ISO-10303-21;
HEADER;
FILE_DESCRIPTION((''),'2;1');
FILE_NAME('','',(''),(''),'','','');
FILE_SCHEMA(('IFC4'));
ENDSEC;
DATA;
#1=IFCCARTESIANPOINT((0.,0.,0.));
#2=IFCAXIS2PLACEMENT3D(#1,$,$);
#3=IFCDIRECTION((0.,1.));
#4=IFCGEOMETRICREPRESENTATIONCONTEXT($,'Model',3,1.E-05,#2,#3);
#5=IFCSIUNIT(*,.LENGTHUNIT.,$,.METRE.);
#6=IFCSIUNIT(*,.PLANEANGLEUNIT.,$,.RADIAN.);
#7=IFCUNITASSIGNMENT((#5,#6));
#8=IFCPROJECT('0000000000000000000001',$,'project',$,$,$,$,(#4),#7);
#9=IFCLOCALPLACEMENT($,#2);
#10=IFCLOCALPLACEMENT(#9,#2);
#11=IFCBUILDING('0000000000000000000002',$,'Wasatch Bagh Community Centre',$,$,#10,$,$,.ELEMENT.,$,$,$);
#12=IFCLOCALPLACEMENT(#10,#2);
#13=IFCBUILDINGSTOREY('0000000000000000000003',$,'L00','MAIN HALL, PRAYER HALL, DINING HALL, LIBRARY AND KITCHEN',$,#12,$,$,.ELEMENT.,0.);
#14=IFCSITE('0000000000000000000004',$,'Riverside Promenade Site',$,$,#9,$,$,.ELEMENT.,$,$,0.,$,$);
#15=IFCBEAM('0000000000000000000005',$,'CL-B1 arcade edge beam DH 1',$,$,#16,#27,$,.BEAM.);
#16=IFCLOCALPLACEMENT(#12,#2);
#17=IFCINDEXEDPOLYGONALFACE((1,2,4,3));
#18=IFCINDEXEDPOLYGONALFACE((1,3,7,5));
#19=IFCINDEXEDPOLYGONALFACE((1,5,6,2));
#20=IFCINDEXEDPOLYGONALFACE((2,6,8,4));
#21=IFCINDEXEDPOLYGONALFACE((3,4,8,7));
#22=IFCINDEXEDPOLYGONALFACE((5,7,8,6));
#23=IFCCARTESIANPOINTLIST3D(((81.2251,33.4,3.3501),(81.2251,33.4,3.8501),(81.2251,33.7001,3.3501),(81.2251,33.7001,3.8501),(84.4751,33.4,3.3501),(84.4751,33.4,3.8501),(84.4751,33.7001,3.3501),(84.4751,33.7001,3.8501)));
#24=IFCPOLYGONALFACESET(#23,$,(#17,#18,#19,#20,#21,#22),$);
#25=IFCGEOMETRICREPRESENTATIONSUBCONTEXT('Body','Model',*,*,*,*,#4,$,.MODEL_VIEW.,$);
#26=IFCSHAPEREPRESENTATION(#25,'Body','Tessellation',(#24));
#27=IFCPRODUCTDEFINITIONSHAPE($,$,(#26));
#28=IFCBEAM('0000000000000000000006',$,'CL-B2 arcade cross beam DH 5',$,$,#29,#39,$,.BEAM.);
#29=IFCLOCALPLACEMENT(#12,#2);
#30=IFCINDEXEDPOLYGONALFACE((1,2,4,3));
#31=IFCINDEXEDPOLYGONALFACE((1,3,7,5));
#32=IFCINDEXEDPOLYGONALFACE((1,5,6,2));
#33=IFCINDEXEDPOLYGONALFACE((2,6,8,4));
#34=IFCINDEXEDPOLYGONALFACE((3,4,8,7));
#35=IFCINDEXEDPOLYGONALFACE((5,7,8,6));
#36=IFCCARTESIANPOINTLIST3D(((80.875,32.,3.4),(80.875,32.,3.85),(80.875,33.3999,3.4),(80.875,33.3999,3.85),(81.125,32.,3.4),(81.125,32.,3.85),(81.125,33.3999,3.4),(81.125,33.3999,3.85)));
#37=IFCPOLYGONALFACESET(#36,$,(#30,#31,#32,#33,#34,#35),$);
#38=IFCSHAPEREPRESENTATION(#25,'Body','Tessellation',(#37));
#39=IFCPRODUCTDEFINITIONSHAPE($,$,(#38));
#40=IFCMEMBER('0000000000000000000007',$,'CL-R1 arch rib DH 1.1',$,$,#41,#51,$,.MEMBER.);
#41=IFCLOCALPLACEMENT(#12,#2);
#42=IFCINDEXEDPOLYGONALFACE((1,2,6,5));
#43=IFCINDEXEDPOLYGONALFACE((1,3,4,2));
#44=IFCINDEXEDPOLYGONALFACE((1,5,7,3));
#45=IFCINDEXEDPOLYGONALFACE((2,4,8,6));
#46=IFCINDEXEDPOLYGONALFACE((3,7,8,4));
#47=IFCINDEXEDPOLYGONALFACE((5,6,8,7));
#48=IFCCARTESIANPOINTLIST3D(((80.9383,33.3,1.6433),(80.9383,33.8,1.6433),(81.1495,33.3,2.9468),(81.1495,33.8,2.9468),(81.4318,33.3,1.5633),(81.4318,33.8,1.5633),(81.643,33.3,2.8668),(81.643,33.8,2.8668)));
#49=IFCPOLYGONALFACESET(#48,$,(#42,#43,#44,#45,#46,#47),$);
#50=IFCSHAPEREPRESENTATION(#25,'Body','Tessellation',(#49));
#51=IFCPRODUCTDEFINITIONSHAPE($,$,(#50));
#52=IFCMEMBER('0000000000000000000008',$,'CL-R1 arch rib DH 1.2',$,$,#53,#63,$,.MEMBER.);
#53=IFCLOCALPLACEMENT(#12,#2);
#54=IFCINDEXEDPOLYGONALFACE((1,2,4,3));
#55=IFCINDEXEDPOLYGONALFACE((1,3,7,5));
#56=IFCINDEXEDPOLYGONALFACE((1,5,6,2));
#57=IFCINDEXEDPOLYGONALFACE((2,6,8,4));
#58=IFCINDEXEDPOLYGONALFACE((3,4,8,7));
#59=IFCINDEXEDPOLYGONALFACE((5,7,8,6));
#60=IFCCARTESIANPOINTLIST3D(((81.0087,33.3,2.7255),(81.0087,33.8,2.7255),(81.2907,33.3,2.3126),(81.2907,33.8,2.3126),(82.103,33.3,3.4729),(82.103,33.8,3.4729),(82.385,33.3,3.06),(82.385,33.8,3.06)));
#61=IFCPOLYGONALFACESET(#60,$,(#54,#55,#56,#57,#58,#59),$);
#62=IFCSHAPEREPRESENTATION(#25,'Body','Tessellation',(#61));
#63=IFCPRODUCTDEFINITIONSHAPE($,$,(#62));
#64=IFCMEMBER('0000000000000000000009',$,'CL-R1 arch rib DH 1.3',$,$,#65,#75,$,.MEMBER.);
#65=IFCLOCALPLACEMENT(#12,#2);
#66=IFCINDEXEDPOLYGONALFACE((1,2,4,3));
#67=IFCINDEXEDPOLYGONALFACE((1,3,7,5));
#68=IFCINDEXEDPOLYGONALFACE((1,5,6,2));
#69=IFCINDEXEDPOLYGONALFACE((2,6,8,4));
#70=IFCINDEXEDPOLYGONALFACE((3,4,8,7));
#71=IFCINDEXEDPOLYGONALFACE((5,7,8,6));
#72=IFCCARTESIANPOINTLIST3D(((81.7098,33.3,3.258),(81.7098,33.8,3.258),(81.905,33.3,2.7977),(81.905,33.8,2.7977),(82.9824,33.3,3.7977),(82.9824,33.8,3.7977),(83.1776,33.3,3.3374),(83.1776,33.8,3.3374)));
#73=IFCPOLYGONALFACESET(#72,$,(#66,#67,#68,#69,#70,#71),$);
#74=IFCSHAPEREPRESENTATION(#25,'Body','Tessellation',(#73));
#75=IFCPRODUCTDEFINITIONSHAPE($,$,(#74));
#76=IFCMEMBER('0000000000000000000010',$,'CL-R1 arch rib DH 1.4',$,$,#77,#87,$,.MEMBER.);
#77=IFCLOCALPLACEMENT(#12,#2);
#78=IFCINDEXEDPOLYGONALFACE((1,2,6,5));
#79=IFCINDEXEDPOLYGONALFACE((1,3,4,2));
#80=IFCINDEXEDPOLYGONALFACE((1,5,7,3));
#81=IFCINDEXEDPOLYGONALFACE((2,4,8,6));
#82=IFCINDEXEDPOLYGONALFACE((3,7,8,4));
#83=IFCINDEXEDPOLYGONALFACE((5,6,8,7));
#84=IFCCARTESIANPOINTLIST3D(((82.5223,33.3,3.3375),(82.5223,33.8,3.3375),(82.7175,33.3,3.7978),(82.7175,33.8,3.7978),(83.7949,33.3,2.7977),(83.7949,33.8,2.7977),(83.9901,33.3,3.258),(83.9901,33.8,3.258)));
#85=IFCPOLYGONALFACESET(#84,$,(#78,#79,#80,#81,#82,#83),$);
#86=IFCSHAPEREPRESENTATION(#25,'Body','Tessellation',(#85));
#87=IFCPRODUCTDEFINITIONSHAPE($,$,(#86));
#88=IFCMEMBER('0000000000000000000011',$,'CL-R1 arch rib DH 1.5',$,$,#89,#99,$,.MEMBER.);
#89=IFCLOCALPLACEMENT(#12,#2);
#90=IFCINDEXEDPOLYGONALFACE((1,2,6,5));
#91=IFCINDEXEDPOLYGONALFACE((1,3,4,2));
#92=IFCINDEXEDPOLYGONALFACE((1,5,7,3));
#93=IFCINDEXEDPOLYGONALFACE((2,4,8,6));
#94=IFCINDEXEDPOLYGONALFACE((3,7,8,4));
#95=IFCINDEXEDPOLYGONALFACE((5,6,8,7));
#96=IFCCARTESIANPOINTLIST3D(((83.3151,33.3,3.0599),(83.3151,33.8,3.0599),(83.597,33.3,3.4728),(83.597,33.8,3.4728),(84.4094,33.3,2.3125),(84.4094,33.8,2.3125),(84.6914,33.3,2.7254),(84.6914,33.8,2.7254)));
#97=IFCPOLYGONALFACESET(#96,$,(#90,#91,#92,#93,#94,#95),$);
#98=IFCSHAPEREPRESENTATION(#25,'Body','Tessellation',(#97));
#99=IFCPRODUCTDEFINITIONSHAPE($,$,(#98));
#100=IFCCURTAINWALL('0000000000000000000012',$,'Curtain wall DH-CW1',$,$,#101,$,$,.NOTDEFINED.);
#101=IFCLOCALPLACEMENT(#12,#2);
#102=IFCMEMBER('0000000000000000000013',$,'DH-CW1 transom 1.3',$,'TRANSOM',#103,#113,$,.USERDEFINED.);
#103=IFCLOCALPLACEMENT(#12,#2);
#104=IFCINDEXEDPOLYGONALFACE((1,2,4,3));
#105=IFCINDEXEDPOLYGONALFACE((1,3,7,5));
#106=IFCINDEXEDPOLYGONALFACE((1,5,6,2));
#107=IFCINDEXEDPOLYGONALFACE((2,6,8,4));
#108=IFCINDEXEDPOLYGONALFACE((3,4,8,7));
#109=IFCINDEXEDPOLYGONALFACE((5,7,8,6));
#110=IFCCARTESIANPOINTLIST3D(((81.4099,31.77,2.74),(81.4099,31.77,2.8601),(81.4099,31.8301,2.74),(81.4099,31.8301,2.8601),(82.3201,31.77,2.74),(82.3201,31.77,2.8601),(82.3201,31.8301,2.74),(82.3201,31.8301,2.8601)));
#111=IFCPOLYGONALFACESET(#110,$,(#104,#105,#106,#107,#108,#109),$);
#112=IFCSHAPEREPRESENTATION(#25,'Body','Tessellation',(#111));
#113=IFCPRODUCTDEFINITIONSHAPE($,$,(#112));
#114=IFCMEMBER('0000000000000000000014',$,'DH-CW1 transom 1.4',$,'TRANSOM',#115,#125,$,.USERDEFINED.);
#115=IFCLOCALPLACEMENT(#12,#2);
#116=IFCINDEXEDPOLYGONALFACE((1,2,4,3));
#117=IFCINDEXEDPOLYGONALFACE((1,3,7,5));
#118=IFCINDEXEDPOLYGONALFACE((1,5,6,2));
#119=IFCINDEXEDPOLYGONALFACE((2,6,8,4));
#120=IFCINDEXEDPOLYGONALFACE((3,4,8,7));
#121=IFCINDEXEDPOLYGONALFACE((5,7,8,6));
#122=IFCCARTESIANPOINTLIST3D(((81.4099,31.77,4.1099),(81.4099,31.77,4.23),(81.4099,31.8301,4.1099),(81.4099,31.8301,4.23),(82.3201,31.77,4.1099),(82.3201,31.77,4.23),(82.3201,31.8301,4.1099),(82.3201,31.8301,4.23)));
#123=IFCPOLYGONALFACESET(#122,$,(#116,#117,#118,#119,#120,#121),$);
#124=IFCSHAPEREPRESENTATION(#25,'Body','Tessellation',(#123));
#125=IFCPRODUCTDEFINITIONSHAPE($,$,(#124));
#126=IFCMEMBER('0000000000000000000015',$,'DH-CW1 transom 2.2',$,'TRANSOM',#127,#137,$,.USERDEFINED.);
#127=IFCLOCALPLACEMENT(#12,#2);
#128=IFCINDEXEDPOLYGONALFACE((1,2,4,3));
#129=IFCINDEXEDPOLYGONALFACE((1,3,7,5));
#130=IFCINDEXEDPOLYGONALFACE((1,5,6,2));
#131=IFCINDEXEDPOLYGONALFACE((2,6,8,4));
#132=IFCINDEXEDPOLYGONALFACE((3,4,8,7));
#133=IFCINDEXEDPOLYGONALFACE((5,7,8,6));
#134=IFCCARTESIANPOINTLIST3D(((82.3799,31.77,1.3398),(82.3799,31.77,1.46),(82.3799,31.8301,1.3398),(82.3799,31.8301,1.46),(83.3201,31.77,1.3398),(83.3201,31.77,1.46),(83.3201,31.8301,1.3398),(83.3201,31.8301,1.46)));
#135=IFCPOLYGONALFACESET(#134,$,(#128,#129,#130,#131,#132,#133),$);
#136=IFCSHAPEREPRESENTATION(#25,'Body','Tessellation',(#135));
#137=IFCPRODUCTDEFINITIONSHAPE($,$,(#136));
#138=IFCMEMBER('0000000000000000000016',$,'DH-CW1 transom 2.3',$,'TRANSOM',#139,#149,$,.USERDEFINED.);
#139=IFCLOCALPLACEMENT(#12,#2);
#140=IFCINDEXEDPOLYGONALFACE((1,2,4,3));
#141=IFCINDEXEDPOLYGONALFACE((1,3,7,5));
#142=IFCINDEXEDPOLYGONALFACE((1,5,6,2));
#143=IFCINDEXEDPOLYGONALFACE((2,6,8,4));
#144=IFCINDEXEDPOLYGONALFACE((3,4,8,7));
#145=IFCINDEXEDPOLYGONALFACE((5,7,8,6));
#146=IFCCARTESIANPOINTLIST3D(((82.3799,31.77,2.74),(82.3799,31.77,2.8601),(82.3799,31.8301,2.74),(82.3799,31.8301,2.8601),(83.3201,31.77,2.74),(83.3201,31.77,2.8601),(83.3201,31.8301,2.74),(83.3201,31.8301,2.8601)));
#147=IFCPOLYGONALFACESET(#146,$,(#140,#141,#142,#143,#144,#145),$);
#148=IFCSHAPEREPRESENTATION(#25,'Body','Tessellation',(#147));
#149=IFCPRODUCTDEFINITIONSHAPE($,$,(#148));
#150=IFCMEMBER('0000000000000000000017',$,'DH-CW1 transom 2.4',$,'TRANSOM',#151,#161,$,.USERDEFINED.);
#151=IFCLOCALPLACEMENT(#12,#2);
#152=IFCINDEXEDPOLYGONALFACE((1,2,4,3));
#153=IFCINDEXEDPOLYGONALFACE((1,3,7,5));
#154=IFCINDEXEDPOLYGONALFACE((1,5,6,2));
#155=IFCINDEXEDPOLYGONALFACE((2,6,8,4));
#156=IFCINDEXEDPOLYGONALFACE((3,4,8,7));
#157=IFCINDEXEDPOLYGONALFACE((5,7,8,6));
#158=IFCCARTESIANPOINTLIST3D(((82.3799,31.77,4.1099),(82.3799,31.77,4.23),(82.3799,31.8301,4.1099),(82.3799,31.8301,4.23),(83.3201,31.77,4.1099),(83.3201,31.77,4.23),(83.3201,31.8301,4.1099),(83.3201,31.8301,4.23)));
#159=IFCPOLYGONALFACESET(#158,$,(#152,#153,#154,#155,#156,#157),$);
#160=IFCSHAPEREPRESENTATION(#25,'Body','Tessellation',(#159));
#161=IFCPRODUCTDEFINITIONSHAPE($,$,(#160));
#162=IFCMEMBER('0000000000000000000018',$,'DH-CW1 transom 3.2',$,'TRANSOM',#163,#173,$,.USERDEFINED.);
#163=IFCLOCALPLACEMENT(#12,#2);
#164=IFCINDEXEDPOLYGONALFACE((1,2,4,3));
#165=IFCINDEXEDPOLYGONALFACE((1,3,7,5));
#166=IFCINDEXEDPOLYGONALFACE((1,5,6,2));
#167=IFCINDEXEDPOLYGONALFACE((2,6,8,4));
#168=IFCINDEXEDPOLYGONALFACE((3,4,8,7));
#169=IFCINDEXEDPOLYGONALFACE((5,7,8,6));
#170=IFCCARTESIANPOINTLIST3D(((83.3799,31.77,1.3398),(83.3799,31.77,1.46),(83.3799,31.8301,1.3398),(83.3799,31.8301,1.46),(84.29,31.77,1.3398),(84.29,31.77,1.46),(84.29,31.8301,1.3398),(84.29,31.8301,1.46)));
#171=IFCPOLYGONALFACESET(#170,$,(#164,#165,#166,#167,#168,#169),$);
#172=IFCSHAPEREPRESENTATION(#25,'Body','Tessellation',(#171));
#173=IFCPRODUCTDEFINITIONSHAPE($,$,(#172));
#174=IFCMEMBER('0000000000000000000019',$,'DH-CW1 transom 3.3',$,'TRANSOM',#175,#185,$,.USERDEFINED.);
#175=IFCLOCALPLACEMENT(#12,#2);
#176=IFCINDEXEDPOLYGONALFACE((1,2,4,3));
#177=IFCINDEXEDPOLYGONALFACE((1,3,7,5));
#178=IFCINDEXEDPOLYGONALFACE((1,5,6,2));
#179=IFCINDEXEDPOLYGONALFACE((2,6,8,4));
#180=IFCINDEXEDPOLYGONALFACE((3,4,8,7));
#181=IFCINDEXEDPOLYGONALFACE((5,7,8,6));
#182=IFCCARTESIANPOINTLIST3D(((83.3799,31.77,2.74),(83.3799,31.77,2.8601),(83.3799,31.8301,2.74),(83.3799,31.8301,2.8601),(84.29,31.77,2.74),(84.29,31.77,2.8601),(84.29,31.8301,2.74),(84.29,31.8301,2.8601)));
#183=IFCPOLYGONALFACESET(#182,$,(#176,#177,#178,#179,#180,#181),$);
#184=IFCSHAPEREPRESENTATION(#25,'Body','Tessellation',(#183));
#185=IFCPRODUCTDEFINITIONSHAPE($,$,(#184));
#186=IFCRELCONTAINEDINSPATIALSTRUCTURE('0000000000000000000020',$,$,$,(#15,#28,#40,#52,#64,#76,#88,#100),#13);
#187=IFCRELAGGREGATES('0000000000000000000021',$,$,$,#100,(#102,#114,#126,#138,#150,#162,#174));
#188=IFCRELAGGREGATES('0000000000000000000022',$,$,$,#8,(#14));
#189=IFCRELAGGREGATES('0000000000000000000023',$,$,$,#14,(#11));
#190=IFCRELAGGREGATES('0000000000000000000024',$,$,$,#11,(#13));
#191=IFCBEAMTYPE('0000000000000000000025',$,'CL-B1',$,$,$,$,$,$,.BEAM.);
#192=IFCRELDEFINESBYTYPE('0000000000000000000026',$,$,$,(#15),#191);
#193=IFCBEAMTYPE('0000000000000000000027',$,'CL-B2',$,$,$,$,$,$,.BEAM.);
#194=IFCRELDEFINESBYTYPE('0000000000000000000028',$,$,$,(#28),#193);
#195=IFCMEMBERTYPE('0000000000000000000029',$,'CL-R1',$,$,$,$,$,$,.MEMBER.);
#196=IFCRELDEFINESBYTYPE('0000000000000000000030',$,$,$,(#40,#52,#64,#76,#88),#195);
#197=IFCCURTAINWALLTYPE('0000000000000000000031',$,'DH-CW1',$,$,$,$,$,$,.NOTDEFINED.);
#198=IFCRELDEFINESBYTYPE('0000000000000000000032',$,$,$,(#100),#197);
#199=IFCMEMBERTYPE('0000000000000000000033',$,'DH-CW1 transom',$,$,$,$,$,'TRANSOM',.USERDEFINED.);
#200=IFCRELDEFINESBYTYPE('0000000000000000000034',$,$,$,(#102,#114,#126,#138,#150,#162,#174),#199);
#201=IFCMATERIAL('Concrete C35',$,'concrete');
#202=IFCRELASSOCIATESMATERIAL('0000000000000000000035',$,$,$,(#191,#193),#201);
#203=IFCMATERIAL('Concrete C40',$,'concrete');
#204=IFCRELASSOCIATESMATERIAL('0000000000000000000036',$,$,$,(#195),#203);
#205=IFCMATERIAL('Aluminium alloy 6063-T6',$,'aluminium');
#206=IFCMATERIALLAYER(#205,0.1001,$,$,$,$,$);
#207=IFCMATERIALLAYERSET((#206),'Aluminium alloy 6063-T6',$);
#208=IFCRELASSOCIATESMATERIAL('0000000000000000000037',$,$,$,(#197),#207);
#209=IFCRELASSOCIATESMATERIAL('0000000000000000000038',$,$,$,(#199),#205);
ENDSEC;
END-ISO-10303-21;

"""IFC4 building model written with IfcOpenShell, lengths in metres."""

from ifc_helpers import new_model, si_unit, direction, frame, origin, origin_2d, place, context, subcontext, project, spatial, rectangle, extrude, material, layer, layer_set, material_profile, profile_set, type_object, element, aggregate, save


model = new_model("IFC4")

# Units and contexts
model_context = context("Model", 3, precision=1e-05, world=origin(), true_north=direction((0.0, 1.0)))
body_context = subcontext(model_context, "Body", "Model", "MODEL_VIEW")
ifc_project = project(units=[si_unit("LENGTHUNIT", "METRE"), si_unit("PLANEANGLEUNIT", "RADIAN")], contexts=[model_context])

# Site, building, storey
site_placement = place(None, origin())
site = spatial("IfcSite", under=ifc_project, at=site_placement, Name="Riverside Promenade Site", CompositionType="ELEMENT", RefElevation=0.0)
building_placement = place(site_placement, origin())
building = spatial("IfcBuilding", under=site, at=building_placement, Name="Wasatch Bagh Community Centre", CompositionType="ELEMENT")
storey_placement = place(building_placement, origin())
storey = spatial("IfcBuildingStorey", under=building, at=storey_placement, Name="L00", Description="MAIN HALL, PRAYER HALL, DINING HALL, LIBRARY AND KITCHEN", CompositionType="ELEMENT", Elevation=0.0)

# Beams
ifc_material_1 = material(Name="Concrete C35", Category="concrete")
ifc_material_profile_1 = material_profile(ifc_material_1, rectangle(XDim=0.3, YDim=0.5, at=origin_2d()), Name="RC 300x500")
ifc_profile_set_1 = profile_set([ifc_material_profile_1], Name="Concrete C35")
beam_type_1 = type_object("IfcBeamType", Name="CL-B1", PredefinedType="BEAM", material=ifc_profile_set_1)
beam_1_placement = place(storey_placement, frame((81.2251, 33.55, 3.6001), z_axis=(1.0, 0.0, 0.0), x_axis=(0.0, 1.0, 0.0)))
element("IfcBeam", 1, at=beam_1_placement, inside=storey, type_object=beam_type_1, Name="CL-B1 arcade edge beam DH 1", PredefinedType="BEAM", context=body_context, shape_type="SweptSolid", body=[
    extrude(rectangle(XDim=0.3, YDim=0.5, at=origin_2d()), origin(), (0.0, 0.0, 1.0), 3.25),
])
ifc_material_profile_2 = material_profile(ifc_material_1, rectangle(XDim=0.25, YDim=0.45, at=origin_2d()), Name="RC 250x450")
ifc_profile_set_2 = profile_set([ifc_material_profile_2], Name="Concrete C35")
beam_type_2 = type_object("IfcBeamType", Name="CL-B2", PredefinedType="BEAM", material=ifc_profile_set_2)
beam_2_placement = place(storey_placement, frame((81.0, 32.0, 3.625), z_axis=(0.0, 1.0, 0.0), x_axis=(-1.0, 0.0, 0.0)))
element("IfcBeam", 2, at=beam_2_placement, inside=storey, type_object=beam_type_2, Name="CL-B2 arcade cross beam DH 5", PredefinedType="BEAM", context=body_context, shape_type="SweptSolid", body=[
    extrude(rectangle(XDim=0.25, YDim=0.45, at=origin_2d()), origin(), (0.0, 0.0, 1.0), 1.3999),
])

# Members
ifc_material_2 = material(Name="Concrete C40", Category="concrete")
ifc_material_profile_3 = material_profile(ifc_material_2, rectangle(XDim=0.5, YDim=0.5, at=origin_2d()), Name="RC 500x500")
ifc_profile_set_3 = profile_set([ifc_material_profile_3], Name="Concrete C40")
member_type_1 = type_object("IfcMemberType", Name="CL-R1", PredefinedType="MEMBER", material=ifc_profile_set_3)
member_1_placement = place(storey_placement, frame((81.1851, 33.55, 1.6033), z_axis=(0.15993, 0.0, 0.987128), x_axis=(0.0, 1.0, 0.0)))
element("IfcMember", 3, at=member_1_placement, inside=storey, type_object=member_type_1, Name="CL-R1 arch rib DH 1.1", PredefinedType="MEMBER", context=body_context, shape_type="SweptSolid", body=[
    extrude(rectangle(XDim=0.5, YDim=0.5, at=origin_2d()), origin(), (0.0, 0.0, 1.0), 1.3206),
])
member_2_placement = place(storey_placement, frame((81.1497, 33.55, 2.519), z_axis=(0.825791, 0.0, 0.563977), x_axis=(0.0, 1.0, 0.0)))
element("IfcMember", 4, at=member_2_placement, inside=storey, type_object=member_type_1, Name="CL-R1 arch rib DH 1.2", PredefinedType="MEMBER", context=body_context, shape_type="SweptSolid", body=[
    extrude(rectangle(XDim=0.5, YDim=0.5, at=origin_2d()), origin(), (0.0, 0.0, 1.0), 1.3252),
])
for number, where, z_axis, x_axis, name in (
    (5, (81.8074, 33.55, 3.0278), (0.920618, 0.0, 0.390464), (0.0, 1.0, 0.0), "CL-R1 arch rib DH 1.3"),
    (6, (82.6199, 33.55, 3.5676), (0.920618, 0.0, -0.390464), (0.0, 1.0, 0.0), "CL-R1 arch rib DH 1.4"),
):
    element("IfcMember", number, at=place(storey_placement, frame(where, z_axis=z_axis, x_axis=x_axis)), inside=storey, type_object=member_type_1, Name=name, PredefinedType="MEMBER", context=body_context, shape_type="SweptSolid", body=[
        extrude(rectangle(XDim=0.5, YDim=0.5, at=origin_2d()), origin(), (0.0, 0.0, 1.0), 1.3823),
    ])
member_3_placement = place(storey_placement, frame((83.4561, 33.55, 3.2664), z_axis=(0.825791, 0.0, -0.563977), x_axis=(0.0, 1.0, 0.0)))
element("IfcMember", 7, at=member_3_placement, inside=storey, type_object=member_type_1, Name="CL-R1 arch rib DH 1.5", PredefinedType="MEMBER", context=body_context, shape_type="SweptSolid", body=[
    extrude(rectangle(XDim=0.5, YDim=0.5, at=origin_2d()), origin(), (0.0, 0.0, 1.0), 1.3252),
])

# Curtain wall, members
ifc_material_3 = material(Name="Aluminium alloy 6063-T6", Category="aluminium")
ifc_layer_1 = layer(ifc_material_3, 0.1001)
ifc_layer_set_1 = layer_set([ifc_layer_1], Name="Aluminium alloy 6063-T6")
curtain_wall_type = type_object("IfcCurtainWallType", Name="DH-CW1", PredefinedType="NOTDEFINED", material=ifc_layer_set_1)
curtain_wall_placement = place(storey_placement, origin())
curtain_wall = element("IfcCurtainWall", 8, at=curtain_wall_placement, inside=storey, type_object=curtain_wall_type, Name="Curtain wall DH-CW1", PredefinedType="NOTDEFINED")
ifc_material_profile_4 = material_profile(ifc_material_3, rectangle(XDim=0.0601, YDim=0.1201, at=origin_2d()), Name="AL 60x120")
ifc_profile_set_4 = profile_set([ifc_material_profile_4], Name="Aluminium alloy 6063-T6")
member_type_2 = type_object("IfcMemberType", Name="DH-CW1 transom", ElementType="TRANSOM", PredefinedType="USERDEFINED", material=ifc_profile_set_4)
member_4_placement = place(storey_placement, frame((81.4099, 31.8, 2.8), z_axis=(1.0, 0.0, 0.0), x_axis=(0.0, 1.0, 0.0)))
member_4 = element("IfcMember", 9, at=member_4_placement, type_object=member_type_2, Name="DH-CW1 transom 1.3", ObjectType="TRANSOM", PredefinedType="USERDEFINED", context=body_context, shape_type="SweptSolid", body=[
    extrude(rectangle(XDim=0.0601, YDim=0.1201, at=origin_2d()), origin(), (0.0, 0.0, 1.0), 0.9102),
])
member_5_placement = place(storey_placement, frame((81.4099, 31.8, 4.1699), z_axis=(1.0, 0.0, 0.0), x_axis=(0.0, 1.0, 0.0)))
member_5 = element("IfcMember", 10, at=member_5_placement, type_object=member_type_2, Name="DH-CW1 transom 1.4", ObjectType="TRANSOM", PredefinedType="USERDEFINED", context=body_context, shape_type="SweptSolid", body=[
    extrude(rectangle(XDim=0.0601, YDim=0.1201, at=origin_2d()), origin(), (0.0, 0.0, 1.0), 0.9102),
])
member_6_placement = place(storey_placement, frame((82.3799, 31.8, 1.3999), z_axis=(1.0, 0.0, 0.0), x_axis=(0.0, 1.0, 0.0)))
member_6 = element("IfcMember", 11, at=member_6_placement, type_object=member_type_2, Name="DH-CW1 transom 2.2", ObjectType="TRANSOM", PredefinedType="USERDEFINED", context=body_context, shape_type="SweptSolid", body=[
    extrude(rectangle(XDim=0.0601, YDim=0.1201, at=origin_2d()), origin(), (0.0, 0.0, 1.0), 0.9402),
])
member_7_placement = place(storey_placement, frame((82.3799, 31.8, 2.8), z_axis=(1.0, 0.0, 0.0), x_axis=(0.0, 1.0, 0.0)))
member_7 = element("IfcMember", 12, at=member_7_placement, type_object=member_type_2, Name="DH-CW1 transom 2.3", ObjectType="TRANSOM", PredefinedType="USERDEFINED", context=body_context, shape_type="SweptSolid", body=[
    extrude(rectangle(XDim=0.0601, YDim=0.1201, at=origin_2d()), origin(), (0.0, 0.0, 1.0), 0.9402),
])
member_8_placement = place(storey_placement, frame((82.3799, 31.8, 4.1699), z_axis=(1.0, 0.0, 0.0), x_axis=(0.0, 1.0, 0.0)))
member_8 = element("IfcMember", 13, at=member_8_placement, type_object=member_type_2, Name="DH-CW1 transom 2.4", ObjectType="TRANSOM", PredefinedType="USERDEFINED", context=body_context, shape_type="SweptSolid", body=[
    extrude(rectangle(XDim=0.0601, YDim=0.1201, at=origin_2d()), origin(), (0.0, 0.0, 1.0), 0.9402),
])
member_9_placement = place(storey_placement, frame((83.3799, 31.8, 1.3999), z_axis=(1.0, 0.0, 0.0), x_axis=(0.0, 1.0, 0.0)))
member_9 = element("IfcMember", 14, at=member_9_placement, type_object=member_type_2, Name="DH-CW1 transom 3.2", ObjectType="TRANSOM", PredefinedType="USERDEFINED", context=body_context, shape_type="SweptSolid", body=[
    extrude(rectangle(XDim=0.0601, YDim=0.1201, at=origin_2d()), origin(), (0.0, 0.0, 1.0), 0.9102),
])
member_10_placement = place(storey_placement, frame((83.3799, 31.8, 2.8), z_axis=(1.0, 0.0, 0.0), x_axis=(0.0, 1.0, 0.0)))
member_10 = element("IfcMember", 15, at=member_10_placement, type_object=member_type_2, Name="DH-CW1 transom 3.3", ObjectType="TRANSOM", PredefinedType="USERDEFINED", context=body_context, shape_type="SweptSolid", body=[
    extrude(rectangle(XDim=0.0601, YDim=0.1201, at=origin_2d()), origin(), (0.0, 0.0, 1.0), 0.9102),
])
aggregate(curtain_wall, [member_4, member_5, member_6, member_7, member_8, member_9, member_10])

save(model, "model.ifc")
